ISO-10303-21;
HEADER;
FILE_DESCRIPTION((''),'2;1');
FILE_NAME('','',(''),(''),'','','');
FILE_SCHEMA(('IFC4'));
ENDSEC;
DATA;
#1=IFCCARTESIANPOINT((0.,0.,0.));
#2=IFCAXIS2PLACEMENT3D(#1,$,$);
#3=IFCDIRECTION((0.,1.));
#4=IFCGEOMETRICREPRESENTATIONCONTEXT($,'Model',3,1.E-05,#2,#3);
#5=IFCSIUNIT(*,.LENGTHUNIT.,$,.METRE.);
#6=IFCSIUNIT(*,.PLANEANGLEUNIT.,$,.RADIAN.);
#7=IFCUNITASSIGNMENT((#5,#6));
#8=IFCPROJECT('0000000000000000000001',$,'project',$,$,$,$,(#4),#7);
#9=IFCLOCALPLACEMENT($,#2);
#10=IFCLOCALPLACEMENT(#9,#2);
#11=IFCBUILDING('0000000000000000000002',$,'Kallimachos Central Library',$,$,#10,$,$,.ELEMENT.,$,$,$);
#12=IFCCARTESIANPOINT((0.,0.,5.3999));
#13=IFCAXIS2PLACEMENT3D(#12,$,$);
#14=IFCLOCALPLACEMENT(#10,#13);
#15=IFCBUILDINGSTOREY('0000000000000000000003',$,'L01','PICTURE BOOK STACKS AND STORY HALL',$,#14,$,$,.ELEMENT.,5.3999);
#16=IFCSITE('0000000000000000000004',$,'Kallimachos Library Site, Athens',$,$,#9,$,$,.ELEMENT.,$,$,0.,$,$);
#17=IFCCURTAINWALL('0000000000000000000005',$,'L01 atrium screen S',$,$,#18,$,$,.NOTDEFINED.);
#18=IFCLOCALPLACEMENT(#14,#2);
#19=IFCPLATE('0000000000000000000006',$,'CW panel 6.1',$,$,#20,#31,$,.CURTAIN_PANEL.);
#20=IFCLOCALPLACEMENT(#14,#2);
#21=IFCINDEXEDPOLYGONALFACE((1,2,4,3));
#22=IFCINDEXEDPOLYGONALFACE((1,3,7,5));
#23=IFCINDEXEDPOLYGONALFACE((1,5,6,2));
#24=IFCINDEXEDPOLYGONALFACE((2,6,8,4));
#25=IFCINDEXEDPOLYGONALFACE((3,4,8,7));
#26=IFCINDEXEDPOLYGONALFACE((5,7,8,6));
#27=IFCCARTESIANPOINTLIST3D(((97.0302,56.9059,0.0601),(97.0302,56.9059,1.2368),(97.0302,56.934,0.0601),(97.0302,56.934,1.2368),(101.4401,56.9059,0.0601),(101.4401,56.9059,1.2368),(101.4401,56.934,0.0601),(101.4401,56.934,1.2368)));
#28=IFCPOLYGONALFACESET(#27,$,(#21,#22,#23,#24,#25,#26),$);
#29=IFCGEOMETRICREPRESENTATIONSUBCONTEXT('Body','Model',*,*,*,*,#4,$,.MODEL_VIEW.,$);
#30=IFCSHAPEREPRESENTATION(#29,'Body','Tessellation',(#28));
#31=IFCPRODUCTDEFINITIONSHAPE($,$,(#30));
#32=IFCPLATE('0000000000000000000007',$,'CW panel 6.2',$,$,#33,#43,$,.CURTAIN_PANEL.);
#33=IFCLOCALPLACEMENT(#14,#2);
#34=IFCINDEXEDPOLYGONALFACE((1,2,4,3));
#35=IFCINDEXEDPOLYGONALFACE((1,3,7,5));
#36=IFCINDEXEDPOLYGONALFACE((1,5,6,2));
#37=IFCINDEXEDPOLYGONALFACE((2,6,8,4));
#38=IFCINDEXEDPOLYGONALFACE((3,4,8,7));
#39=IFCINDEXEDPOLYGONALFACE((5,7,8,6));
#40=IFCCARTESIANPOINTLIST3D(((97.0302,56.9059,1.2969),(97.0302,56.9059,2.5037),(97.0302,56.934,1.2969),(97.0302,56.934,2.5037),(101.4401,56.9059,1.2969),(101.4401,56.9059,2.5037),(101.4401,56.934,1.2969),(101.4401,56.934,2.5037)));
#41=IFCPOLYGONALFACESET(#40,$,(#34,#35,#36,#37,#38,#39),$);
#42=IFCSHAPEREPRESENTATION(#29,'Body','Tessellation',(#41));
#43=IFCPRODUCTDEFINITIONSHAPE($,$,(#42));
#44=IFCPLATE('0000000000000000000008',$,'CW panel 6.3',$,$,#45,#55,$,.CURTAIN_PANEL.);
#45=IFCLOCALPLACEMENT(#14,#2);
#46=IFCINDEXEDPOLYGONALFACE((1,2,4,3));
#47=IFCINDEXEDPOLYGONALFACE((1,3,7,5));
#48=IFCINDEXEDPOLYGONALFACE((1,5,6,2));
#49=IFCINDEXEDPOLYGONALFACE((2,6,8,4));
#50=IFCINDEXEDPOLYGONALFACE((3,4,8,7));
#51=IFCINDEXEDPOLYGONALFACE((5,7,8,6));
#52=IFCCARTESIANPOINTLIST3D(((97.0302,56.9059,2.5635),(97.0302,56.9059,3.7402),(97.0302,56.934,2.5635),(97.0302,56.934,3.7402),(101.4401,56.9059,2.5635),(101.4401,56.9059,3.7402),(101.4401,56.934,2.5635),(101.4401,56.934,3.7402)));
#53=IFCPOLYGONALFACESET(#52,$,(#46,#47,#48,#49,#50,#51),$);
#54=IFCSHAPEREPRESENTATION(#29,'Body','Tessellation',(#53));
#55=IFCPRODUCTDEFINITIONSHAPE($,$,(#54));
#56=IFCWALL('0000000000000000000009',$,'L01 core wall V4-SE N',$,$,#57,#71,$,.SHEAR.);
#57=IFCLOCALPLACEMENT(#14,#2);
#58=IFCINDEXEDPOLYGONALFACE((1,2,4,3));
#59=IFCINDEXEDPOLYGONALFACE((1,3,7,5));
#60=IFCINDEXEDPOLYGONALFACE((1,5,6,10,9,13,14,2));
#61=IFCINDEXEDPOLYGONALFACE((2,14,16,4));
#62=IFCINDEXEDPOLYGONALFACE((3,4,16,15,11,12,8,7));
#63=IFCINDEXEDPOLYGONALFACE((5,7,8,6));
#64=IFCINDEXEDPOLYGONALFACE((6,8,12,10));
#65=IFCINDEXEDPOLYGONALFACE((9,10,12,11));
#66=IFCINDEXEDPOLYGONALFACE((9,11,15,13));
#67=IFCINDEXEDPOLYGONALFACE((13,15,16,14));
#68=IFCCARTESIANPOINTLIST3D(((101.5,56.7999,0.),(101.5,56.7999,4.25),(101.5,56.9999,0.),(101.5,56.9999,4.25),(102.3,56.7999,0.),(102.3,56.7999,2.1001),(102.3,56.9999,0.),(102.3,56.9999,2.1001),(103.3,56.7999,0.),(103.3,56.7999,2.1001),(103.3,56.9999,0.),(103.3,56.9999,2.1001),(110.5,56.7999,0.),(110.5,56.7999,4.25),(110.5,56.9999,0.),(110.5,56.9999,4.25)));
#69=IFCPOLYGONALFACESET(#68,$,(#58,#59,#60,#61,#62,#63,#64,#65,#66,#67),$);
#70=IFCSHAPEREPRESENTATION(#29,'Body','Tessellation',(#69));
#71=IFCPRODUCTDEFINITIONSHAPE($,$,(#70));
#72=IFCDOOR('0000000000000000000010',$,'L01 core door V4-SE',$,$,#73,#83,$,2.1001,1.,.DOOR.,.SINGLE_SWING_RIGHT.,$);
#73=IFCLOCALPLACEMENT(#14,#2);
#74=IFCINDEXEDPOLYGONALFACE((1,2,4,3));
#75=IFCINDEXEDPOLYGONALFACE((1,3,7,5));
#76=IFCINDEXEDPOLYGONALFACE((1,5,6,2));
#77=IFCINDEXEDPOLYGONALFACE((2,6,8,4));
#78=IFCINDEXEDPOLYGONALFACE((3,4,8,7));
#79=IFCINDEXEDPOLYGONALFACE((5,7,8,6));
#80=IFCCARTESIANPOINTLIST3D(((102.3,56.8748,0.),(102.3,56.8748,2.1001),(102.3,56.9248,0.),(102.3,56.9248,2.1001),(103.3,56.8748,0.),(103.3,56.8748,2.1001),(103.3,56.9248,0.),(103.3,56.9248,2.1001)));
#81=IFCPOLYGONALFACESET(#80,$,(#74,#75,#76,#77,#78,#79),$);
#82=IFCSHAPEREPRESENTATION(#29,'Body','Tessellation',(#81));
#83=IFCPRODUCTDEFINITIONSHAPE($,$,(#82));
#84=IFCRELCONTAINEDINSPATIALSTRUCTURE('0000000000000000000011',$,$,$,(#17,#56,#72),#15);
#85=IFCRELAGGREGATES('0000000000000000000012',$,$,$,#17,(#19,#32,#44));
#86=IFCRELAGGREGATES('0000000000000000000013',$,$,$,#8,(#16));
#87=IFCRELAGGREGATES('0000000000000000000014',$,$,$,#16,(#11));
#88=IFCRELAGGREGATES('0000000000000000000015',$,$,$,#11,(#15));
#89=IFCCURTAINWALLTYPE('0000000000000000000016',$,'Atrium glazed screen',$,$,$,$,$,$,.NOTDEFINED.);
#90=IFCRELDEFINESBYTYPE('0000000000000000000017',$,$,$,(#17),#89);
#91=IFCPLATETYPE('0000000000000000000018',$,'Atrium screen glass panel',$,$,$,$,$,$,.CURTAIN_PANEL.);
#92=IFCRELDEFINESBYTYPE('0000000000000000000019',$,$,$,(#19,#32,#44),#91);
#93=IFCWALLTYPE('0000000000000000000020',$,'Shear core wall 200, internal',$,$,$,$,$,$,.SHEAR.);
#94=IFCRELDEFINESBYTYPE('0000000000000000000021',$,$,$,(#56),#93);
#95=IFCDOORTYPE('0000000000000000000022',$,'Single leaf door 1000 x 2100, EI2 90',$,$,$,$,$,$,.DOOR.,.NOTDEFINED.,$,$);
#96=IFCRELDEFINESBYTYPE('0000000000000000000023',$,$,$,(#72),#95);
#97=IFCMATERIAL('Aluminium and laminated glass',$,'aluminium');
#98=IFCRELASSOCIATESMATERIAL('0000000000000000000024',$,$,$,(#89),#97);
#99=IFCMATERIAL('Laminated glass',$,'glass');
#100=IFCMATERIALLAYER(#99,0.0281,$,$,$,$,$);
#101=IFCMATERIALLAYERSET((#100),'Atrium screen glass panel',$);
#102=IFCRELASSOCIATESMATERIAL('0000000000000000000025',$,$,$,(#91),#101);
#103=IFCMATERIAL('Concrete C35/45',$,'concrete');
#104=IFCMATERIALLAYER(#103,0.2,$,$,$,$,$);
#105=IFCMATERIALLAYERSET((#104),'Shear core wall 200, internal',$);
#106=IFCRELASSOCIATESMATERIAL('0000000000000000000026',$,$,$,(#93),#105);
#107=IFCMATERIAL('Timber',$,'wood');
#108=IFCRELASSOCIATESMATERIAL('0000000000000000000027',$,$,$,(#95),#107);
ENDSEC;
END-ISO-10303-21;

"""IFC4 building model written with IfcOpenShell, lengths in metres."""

from ifc_helpers import new_model, si_unit, direction, frame, frame_2d, origin, origin_2d, place, context, subcontext, project, spatial, rectangle, extrude, material, layer, layer_set, type_object, element, fill, aggregate, save


model = new_model("IFC4")

# Units and contexts
model_context = context("Model", 3, precision=1e-05, world=origin(), true_north=direction((0.0, 1.0)))
body_context = subcontext(model_context, "Body", "Model", "MODEL_VIEW")
ifc_project = project(units=[si_unit("LENGTHUNIT", "METRE"), si_unit("PLANEANGLEUNIT", "RADIAN")], contexts=[model_context])

# Site, building, storey
site_placement = place(None, origin())
site = spatial("IfcSite", under=ifc_project, at=site_placement, Name="Kallimachos Library Site, Athens", CompositionType="ELEMENT", RefElevation=0.0)
building_placement = place(site_placement, origin())
building = spatial("IfcBuilding", under=site, at=building_placement, Name="Kallimachos Central Library", CompositionType="ELEMENT")
storey_placement = place(building_placement, frame((0.0, 0.0, 5.3999)))
storey = spatial("IfcBuildingStorey", under=building, at=storey_placement, Name="L01", Description="PICTURE BOOK STACKS AND STORY HALL", CompositionType="ELEMENT", Elevation=5.3999)

# Curtain wall
ifc_material_1 = material(Name="Aluminium and laminated glass", Category="aluminium")
curtain_wall_type = type_object("IfcCurtainWallType", Name="Atrium glazed screen", PredefinedType="NOTDEFINED", material=ifc_material_1)
curtain_wall_placement = place(storey_placement, origin())
curtain_wall = element("IfcCurtainWall", 1, at=curtain_wall_placement, inside=storey, type_object=curtain_wall_type, Name="L01 atrium screen S", PredefinedType="NOTDEFINED")

# Plates
ifc_material_2 = material(Name="Laminated glass", Category="glass")
ifc_layer_1 = layer(ifc_material_2, 0.0281)
ifc_layer_set_1 = layer_set([ifc_layer_1], Name="Atrium screen glass panel")
plate_type = type_object("IfcPlateType", Name="Atrium screen glass panel", PredefinedType="CURTAIN_PANEL", material=ifc_layer_set_1)
plate_1_placement = place(storey_placement, frame((99.2351, 56.9199, 0.0601), z_axis=(0.0, 0.0, 1.0), x_axis=(1.0, 0.0, 0.0)))
plate_1 = element("IfcPlate", 2, at=plate_1_placement, type_object=plate_type, Name="CW panel 6.1", PredefinedType="CURTAIN_PANEL", context=body_context, shape_type="SweptSolid", body=[
    extrude(rectangle(XDim=4.4099, YDim=0.0281, at=origin_2d()), origin(), (0.0, 0.0, 1.0), 1.1768),
])
plate_2_placement = place(storey_placement, frame((99.2351, 56.9199, 1.2969), z_axis=(0.0, 0.0, 1.0), x_axis=(1.0, 0.0, 0.0)))
plate_2 = element("IfcPlate", 3, at=plate_2_placement, type_object=plate_type, Name="CW panel 6.2", PredefinedType="CURTAIN_PANEL", context=body_context, shape_type="SweptSolid", body=[
    extrude(rectangle(XDim=4.4099, YDim=0.0281, at=origin_2d()), origin(), (0.0, 0.0, 1.0), 1.2068),
])
plate_3_placement = place(storey_placement, frame((99.2351, 56.9199, 2.5635), z_axis=(0.0, 0.0, 1.0), x_axis=(1.0, 0.0, 0.0)))
plate_3 = element("IfcPlate", 4, at=plate_3_placement, type_object=plate_type, Name="CW panel 6.3", PredefinedType="CURTAIN_PANEL", context=body_context, shape_type="SweptSolid", body=[
    extrude(rectangle(XDim=4.4099, YDim=0.0281, at=origin_2d()), origin(), (0.0, 0.0, 1.0), 1.1768),
])
aggregate(curtain_wall, [plate_1, plate_2, plate_3])

# Wall, opening, door
ifc_material_3 = material(Name="Concrete C35/45", Category="concrete")
ifc_layer_2 = layer(ifc_material_3, 0.2)
ifc_layer_set_2 = layer_set([ifc_layer_2], Name="Shear core wall 200, internal")
wall_type = type_object("IfcWallType", Name="Shear core wall 200, internal", PredefinedType="SHEAR", material=ifc_layer_set_2)
wall_placement = place(storey_placement, frame((101.5, 56.8999, 0.0), z_axis=(0.0, 0.0, 1.0), x_axis=(1.0, 0.0, 0.0)))
wall = element("IfcWall", 5, at=wall_placement, inside=storey, type_object=wall_type, Name="L01 core wall V4-SE N", PredefinedType="SHEAR", context=body_context, shape_type="SweptSolid", body=[
    extrude(rectangle(XDim=9.0, YDim=0.2, at=frame_2d((4.5, 0.0))), origin(), (0.0, 0.0, 1.0), 4.25),
])
opening_placement = place(wall_placement, frame((0.8, 0.0, 0.0)))
opening = element("IfcOpeningElement", 6, at=opening_placement, cuts=wall, PredefinedType="OPENING", context=body_context, shape_type="SweptSolid", body=[
    extrude(rectangle(XDim=1.0, YDim=2.1001, at=frame_2d((0.5, 1.05))), frame((0.0, 0.1099, 0.0), z_axis=(0.0, -1.0, 0.0), x_axis=(1.0, 0.0, 0.0)), (0.0, 0.0, 1.0), 0.22),
])
ifc_material_4 = material(Name="Timber", Category="wood")
door_type = type_object("IfcDoorType", Name="Single leaf door 1000 x 2100, EI2 90", OperationType="NOTDEFINED", PredefinedType="DOOR", material=ifc_material_4)
door_placement = place(opening_placement, origin())
door = element("IfcDoor", 7, at=door_placement, inside=storey, type_object=door_type, Name="L01 core door V4-SE", OperationType="SINGLE_SWING_RIGHT", OverallHeight=2.1001, OverallWidth=1.0, PredefinedType="DOOR", context=body_context, shape_type="SweptSolid", body=[
    extrude(rectangle(XDim=1.0, YDim=2.1001, at=frame_2d((0.5, 1.05))), frame((0.0, 0.0249, 0.0), z_axis=(0.0, -1.0, 0.0), x_axis=(1.0, 0.0, 0.0)), (0.0, 0.0, 1.0), 0.05),
])
fill(opening, door)

save(model, "model.ifc")
